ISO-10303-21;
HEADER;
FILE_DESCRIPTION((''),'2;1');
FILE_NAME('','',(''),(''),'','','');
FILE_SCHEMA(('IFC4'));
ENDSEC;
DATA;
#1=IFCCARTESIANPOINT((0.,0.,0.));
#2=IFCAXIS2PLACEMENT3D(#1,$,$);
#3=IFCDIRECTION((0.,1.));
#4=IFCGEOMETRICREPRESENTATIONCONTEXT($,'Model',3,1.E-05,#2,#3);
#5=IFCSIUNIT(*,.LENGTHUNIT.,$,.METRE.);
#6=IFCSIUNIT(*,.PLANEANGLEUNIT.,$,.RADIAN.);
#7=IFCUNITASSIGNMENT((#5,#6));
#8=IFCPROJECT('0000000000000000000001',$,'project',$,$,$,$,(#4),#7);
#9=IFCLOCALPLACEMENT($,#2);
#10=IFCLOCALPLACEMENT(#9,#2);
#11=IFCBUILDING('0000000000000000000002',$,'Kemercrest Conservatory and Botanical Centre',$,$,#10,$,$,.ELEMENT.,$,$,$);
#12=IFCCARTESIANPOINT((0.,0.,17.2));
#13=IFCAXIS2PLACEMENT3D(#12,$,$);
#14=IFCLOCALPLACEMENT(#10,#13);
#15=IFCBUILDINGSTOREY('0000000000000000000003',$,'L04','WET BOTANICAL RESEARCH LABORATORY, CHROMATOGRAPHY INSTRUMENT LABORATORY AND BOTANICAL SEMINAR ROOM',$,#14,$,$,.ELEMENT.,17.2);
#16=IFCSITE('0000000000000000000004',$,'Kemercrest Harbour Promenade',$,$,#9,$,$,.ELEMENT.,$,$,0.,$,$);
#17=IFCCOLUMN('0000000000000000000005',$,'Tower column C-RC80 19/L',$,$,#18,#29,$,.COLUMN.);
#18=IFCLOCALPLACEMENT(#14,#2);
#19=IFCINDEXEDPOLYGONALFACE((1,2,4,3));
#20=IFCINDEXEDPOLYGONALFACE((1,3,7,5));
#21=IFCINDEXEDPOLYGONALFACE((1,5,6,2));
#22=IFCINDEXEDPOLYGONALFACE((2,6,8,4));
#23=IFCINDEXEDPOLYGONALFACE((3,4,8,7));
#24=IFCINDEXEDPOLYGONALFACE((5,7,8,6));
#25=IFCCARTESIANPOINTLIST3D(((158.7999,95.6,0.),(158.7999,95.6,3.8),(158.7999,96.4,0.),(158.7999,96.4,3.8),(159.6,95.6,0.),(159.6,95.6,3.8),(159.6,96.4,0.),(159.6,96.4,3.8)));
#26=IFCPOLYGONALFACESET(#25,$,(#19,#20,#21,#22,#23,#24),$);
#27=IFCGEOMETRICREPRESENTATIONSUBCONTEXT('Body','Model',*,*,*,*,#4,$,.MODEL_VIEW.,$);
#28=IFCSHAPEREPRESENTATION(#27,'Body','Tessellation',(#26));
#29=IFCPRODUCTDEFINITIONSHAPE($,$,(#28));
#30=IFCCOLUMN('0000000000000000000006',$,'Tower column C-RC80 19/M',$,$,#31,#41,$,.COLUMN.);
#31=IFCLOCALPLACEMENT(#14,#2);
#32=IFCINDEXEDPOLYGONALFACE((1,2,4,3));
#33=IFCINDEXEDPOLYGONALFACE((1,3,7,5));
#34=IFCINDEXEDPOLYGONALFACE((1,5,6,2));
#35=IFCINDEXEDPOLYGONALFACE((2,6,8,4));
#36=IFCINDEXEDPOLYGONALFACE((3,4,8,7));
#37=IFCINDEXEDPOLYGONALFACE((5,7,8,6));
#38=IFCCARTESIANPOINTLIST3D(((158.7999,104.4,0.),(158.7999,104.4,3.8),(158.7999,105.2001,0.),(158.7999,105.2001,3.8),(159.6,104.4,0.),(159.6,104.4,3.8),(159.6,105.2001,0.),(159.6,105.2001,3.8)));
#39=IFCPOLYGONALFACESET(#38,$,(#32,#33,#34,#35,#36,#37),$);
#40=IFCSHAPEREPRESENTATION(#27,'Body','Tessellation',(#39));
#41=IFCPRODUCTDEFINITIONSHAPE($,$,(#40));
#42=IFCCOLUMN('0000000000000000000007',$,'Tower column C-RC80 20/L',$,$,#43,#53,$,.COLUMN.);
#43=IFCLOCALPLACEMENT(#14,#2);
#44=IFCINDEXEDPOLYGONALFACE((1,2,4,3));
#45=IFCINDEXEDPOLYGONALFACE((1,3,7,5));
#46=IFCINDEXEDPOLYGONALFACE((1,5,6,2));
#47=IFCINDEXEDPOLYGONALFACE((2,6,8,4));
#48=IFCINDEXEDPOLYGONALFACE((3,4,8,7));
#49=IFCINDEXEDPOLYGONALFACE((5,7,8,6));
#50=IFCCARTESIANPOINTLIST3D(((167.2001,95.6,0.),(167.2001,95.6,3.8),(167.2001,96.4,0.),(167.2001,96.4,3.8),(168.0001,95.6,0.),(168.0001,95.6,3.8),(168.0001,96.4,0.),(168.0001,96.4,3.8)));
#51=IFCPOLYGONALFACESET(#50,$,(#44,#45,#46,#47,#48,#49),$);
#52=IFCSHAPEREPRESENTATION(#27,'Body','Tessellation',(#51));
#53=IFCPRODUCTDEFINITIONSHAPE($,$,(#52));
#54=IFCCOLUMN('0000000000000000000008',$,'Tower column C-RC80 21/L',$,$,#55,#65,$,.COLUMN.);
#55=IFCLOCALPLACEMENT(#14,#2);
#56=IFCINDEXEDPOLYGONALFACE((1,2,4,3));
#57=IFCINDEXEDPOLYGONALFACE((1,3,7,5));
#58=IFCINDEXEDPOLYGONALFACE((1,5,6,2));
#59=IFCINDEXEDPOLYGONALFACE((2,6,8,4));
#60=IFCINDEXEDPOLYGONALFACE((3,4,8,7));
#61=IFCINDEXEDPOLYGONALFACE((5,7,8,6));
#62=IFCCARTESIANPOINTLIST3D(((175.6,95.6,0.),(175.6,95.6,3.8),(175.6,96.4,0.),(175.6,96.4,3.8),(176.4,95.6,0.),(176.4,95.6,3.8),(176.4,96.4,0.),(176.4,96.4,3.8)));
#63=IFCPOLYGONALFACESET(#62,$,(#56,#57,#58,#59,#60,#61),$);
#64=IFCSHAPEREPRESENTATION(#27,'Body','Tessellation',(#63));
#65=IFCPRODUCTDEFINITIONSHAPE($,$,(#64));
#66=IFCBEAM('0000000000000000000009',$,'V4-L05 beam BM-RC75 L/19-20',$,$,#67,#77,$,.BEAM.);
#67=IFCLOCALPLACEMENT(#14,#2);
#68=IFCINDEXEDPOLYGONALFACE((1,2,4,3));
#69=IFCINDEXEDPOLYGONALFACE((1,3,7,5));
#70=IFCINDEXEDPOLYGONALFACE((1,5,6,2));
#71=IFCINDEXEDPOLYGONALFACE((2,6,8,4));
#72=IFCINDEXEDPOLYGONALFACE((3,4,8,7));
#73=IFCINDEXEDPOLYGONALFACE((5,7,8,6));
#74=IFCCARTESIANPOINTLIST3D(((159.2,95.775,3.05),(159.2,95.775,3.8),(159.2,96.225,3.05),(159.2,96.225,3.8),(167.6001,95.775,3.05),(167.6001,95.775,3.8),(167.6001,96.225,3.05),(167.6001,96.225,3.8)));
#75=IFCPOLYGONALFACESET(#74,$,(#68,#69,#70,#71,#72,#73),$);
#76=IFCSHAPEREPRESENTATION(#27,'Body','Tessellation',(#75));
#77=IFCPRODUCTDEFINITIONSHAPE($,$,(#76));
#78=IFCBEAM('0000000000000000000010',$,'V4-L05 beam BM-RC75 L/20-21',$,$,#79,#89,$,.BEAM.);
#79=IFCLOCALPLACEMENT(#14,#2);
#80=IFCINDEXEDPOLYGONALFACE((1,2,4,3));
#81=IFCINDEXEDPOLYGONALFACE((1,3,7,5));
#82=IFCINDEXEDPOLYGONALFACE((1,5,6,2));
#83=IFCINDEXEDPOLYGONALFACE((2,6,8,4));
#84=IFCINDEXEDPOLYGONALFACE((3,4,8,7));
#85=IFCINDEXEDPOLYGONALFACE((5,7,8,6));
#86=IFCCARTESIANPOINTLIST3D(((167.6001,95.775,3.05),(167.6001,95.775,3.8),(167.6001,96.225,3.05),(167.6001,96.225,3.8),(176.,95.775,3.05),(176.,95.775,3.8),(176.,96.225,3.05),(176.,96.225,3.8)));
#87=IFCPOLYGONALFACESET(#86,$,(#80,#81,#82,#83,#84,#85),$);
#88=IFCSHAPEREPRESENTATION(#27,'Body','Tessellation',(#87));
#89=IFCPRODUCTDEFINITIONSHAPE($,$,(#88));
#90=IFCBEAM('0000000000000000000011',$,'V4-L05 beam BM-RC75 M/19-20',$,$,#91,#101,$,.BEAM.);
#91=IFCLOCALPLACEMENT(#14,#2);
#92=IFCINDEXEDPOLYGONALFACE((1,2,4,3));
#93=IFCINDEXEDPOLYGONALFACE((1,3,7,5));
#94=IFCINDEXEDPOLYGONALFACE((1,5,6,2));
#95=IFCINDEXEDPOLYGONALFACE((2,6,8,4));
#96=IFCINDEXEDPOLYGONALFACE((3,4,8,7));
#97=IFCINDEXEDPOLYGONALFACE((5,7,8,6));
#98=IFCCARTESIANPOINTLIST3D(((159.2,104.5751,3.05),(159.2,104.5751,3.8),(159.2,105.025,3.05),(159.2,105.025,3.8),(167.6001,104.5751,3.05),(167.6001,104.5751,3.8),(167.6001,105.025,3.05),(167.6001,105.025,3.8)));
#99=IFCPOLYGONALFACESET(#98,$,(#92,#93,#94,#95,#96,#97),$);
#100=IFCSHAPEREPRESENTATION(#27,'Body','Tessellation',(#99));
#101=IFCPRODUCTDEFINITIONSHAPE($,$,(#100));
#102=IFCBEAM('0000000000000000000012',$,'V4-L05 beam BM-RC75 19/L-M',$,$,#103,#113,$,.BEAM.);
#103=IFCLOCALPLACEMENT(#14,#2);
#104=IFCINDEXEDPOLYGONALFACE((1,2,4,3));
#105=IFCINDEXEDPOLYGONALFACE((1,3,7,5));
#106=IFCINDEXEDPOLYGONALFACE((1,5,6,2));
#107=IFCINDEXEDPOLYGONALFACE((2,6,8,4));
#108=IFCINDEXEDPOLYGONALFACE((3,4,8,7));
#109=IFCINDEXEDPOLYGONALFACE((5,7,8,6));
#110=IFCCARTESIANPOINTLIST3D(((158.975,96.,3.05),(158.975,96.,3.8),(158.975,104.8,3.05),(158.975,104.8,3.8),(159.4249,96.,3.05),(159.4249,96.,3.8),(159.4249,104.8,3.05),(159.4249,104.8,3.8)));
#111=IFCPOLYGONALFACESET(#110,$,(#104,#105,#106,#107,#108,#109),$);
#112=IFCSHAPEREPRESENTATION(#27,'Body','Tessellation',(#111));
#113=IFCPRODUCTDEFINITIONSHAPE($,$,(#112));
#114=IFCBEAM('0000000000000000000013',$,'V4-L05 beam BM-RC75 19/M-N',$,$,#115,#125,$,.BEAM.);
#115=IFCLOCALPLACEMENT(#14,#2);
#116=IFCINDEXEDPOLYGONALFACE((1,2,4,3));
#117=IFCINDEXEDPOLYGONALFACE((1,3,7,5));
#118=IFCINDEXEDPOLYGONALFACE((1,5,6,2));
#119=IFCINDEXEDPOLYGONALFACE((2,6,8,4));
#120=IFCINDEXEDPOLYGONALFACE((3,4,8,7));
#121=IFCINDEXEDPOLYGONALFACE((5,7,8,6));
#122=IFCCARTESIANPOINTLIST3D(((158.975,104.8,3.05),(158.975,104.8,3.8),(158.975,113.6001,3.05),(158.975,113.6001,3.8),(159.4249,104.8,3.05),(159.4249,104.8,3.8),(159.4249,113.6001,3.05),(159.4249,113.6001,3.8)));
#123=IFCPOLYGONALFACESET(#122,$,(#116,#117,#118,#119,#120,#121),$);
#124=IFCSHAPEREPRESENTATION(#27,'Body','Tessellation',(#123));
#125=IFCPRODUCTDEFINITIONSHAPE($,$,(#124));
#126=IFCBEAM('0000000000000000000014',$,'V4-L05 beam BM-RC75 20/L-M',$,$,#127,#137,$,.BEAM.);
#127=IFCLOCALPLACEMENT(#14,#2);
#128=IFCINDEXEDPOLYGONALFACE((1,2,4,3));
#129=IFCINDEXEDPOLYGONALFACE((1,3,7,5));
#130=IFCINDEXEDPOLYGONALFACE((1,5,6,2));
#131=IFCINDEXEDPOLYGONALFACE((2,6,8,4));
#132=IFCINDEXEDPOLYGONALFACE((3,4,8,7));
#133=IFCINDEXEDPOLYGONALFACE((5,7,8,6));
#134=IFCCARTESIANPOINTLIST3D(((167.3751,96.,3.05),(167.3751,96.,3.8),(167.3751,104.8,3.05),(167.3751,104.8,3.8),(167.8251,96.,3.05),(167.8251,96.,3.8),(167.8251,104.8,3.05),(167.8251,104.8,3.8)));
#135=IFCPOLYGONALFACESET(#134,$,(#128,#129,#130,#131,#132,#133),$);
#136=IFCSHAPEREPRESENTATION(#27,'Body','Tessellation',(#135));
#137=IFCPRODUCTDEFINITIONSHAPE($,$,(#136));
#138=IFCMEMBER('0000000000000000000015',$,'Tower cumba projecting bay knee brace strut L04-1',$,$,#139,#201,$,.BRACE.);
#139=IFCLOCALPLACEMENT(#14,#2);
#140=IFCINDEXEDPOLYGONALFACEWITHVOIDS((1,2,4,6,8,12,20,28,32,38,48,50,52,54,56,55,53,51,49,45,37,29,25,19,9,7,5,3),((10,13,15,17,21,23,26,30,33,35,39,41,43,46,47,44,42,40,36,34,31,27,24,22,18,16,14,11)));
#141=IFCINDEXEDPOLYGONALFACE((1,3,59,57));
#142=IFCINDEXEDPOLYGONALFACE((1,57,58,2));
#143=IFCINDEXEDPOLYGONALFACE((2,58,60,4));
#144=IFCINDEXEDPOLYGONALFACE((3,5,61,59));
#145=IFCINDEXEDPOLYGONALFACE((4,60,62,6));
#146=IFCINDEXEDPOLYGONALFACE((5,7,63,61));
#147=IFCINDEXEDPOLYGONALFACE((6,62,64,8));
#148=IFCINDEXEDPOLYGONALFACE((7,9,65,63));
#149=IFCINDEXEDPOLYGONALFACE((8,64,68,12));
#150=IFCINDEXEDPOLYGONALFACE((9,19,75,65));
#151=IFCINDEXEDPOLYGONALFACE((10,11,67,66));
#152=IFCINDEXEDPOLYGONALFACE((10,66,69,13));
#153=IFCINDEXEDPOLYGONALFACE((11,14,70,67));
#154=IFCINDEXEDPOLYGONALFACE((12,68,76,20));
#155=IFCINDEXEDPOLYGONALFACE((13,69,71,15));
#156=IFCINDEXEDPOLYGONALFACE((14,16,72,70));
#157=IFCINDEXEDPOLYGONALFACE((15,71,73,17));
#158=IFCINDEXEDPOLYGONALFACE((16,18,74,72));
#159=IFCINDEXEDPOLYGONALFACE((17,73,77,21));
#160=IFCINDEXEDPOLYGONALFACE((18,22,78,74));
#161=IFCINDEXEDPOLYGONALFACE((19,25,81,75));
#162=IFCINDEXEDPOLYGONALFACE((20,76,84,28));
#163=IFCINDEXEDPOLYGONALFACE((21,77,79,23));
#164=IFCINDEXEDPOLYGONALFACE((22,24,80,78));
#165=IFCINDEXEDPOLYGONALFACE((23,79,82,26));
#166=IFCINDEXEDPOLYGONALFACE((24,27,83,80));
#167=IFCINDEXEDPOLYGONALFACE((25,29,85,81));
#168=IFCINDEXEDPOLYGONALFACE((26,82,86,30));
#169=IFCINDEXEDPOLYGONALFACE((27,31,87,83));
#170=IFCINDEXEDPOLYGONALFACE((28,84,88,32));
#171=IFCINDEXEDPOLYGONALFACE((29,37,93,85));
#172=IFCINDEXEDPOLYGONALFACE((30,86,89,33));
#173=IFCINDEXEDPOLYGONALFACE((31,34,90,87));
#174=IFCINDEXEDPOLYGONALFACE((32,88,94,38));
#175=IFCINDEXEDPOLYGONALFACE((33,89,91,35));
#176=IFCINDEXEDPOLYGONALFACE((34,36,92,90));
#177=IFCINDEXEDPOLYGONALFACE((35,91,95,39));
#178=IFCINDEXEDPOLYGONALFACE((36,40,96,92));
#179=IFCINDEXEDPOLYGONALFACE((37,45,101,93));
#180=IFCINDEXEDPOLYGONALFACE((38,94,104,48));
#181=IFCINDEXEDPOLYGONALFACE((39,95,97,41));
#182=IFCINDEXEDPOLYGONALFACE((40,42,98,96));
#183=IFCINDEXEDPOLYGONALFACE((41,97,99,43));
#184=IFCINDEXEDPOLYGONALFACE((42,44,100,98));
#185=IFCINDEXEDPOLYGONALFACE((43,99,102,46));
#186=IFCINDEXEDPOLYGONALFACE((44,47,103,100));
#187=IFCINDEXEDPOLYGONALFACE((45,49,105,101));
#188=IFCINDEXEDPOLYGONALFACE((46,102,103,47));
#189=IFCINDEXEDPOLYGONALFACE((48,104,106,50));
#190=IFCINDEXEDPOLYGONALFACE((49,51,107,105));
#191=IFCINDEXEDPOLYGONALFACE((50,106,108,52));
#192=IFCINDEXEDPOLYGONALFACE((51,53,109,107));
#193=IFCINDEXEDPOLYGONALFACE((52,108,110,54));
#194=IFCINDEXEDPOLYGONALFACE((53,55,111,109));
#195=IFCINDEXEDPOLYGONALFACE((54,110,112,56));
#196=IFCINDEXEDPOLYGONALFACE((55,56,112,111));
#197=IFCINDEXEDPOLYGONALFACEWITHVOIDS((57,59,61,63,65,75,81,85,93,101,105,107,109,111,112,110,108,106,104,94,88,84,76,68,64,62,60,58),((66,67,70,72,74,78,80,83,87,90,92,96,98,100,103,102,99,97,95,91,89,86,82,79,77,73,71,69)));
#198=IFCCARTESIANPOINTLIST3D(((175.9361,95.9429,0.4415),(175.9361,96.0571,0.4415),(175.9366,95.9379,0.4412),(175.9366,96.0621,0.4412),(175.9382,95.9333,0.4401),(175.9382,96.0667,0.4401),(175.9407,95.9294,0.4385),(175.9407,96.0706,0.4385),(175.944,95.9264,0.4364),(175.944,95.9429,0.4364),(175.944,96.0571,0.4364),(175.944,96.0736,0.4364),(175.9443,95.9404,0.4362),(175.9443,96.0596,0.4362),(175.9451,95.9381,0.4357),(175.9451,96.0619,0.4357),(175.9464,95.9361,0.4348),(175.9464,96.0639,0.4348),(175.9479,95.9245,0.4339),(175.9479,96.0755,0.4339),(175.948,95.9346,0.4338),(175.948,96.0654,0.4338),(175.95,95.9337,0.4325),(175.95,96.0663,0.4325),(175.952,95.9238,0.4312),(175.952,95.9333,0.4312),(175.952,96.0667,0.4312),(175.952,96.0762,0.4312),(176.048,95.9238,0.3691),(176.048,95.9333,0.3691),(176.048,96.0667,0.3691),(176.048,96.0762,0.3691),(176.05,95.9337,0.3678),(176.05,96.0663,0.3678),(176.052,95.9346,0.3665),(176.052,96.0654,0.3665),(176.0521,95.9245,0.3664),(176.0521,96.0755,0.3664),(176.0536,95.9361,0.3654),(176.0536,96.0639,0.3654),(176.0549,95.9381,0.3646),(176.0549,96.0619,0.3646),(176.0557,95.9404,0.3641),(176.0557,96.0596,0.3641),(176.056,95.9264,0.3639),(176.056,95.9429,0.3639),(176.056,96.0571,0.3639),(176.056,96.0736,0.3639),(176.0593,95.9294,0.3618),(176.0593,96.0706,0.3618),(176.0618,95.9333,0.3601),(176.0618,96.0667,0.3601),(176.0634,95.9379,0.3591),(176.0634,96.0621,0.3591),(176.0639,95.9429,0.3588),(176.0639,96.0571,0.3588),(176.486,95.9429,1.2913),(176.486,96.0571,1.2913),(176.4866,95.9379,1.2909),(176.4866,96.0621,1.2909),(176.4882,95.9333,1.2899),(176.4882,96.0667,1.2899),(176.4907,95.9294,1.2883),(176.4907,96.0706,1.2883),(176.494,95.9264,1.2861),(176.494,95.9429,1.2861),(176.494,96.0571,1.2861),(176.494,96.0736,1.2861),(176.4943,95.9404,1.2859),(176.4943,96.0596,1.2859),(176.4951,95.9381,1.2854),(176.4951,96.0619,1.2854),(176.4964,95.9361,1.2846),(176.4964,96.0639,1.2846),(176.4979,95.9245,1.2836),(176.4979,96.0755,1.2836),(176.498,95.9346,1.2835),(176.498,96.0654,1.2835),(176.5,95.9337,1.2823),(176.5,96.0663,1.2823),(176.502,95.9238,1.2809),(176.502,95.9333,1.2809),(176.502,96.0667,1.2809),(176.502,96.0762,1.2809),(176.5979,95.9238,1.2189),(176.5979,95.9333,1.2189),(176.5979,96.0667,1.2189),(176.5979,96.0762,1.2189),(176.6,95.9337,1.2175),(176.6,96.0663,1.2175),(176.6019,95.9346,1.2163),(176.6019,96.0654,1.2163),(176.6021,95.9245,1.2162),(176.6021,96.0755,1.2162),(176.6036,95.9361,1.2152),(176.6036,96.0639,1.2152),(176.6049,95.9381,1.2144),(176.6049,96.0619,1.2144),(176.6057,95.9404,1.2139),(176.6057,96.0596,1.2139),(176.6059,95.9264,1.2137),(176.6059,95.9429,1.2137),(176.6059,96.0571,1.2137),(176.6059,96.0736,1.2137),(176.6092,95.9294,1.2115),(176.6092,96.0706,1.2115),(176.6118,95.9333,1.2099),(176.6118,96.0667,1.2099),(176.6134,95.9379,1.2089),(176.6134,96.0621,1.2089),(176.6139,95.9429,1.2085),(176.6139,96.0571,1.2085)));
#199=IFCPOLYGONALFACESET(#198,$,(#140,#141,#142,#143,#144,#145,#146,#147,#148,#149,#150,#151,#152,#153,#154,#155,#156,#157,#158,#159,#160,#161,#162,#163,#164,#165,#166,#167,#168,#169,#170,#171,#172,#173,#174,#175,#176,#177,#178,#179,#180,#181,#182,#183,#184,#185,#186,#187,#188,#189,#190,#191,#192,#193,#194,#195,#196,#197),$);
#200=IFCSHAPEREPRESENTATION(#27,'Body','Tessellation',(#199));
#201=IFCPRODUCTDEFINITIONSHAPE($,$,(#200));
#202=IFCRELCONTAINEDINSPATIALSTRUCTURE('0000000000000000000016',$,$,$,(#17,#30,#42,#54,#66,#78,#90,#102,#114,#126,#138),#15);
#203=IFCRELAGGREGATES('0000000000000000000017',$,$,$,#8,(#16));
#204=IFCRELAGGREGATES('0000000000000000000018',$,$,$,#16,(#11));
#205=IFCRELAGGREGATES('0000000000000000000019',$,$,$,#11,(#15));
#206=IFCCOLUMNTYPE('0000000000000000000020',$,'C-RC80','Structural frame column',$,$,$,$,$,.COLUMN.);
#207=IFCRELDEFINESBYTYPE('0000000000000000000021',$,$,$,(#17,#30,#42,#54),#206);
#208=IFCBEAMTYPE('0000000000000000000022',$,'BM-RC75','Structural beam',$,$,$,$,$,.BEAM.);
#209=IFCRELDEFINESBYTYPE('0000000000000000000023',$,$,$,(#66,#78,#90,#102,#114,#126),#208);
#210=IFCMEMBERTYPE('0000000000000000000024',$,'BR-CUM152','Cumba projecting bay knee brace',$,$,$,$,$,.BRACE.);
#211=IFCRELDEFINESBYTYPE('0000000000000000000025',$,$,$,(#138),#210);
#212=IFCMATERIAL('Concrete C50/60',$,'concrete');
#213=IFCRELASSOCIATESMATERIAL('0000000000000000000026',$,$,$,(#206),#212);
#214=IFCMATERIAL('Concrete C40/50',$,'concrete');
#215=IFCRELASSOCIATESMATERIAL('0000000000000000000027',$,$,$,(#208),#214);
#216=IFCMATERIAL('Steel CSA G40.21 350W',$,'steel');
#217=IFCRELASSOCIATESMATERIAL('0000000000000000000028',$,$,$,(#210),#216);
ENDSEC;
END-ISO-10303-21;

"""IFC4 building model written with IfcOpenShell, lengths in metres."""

from ifc_helpers import new_model, si_unit, direction, frame, origin, origin_2d, place, context, subcontext, project, spatial, rectangle, hollow_rectangle, extrude, material, material_profile, profile_set, type_object, element, save


model = new_model("IFC4")

# Units and contexts
model_context = context("Model", 3, precision=1e-05, world=origin(), true_north=direction((0.0, 1.0)))
body_context = subcontext(model_context, "Body", "Model", "MODEL_VIEW")
ifc_project = project(units=[si_unit("LENGTHUNIT", "METRE"), si_unit("PLANEANGLEUNIT", "RADIAN")], contexts=[model_context])

# Site, building, storey
site_placement = place(None, origin())
site = spatial("IfcSite", under=ifc_project, at=site_placement, Name="Kemercrest Harbour Promenade", CompositionType="ELEMENT", RefElevation=0.0)
building_placement = place(site_placement, origin())
building = spatial("IfcBuilding", under=site, at=building_placement, Name="Kemercrest Conservatory and Botanical Centre", CompositionType="ELEMENT")
storey_placement = place(building_placement, frame((0.0, 0.0, 17.2)))
storey = spatial("IfcBuildingStorey", under=building, at=storey_placement, Name="L04", Description="WET BOTANICAL RESEARCH LABORATORY, CHROMATOGRAPHY INSTRUMENT LABORATORY AND BOTANICAL SEMINAR ROOM", CompositionType="ELEMENT", Elevation=17.2)

# Columns
ifc_material_1 = material(Name="Concrete C50/60", Category="concrete")
ifc_material_profile_1 = material_profile(ifc_material_1, rectangle(XDim=0.8, YDim=0.8, at=origin_2d()), Name="RC 800x800")
ifc_profile_set_1 = profile_set([ifc_material_profile_1], Name="Concrete C50/60")
column_type = type_object("IfcColumnType", Name="C-RC80", Description="Structural frame column", PredefinedType="COLUMN", material=ifc_profile_set_1)
for number, where, z_axis, x_axis, name in (
    (1, (159.2, 96.0, 0.0), (0.0, 0.0, 1.0), (1.0, 0.0, 0.0), "Tower column C-RC80 19/L"),
    (2, (159.2, 104.8, 0.0), (0.0, 0.0, 1.0), (1.0, 0.0, 0.0), "Tower column C-RC80 19/M"),
    (3, (167.6001, 96.0, 0.0), (0.0, 0.0, 1.0), (1.0, 0.0, 0.0), "Tower column C-RC80 20/L"),
    (4, (176.0, 96.0, 0.0), (0.0, 0.0, 1.0), (1.0, 0.0, 0.0), "Tower column C-RC80 21/L"),
):
    element("IfcColumn", number, at=place(storey_placement, frame(where, z_axis=z_axis, x_axis=x_axis)), inside=storey, type_object=column_type, Name=name, PredefinedType="COLUMN", context=body_context, shape_type="SweptSolid", body=[
        extrude(rectangle(XDim=0.8, YDim=0.8, at=origin_2d()), origin(), (0.0, 0.0, 1.0), 3.8),
    ])

# Beams
ifc_material_2 = material(Name="Concrete C40/50", Category="concrete")
ifc_material_profile_2 = material_profile(ifc_material_2, rectangle(XDim=0.45, YDim=0.75, at=origin_2d()), Name="RC 450x750")
ifc_profile_set_2 = profile_set([ifc_material_profile_2], Name="Concrete C40/50")
beam_type_1 = type_object("IfcBeamType", Name="BM-RC75", Description="Structural beam", PredefinedType="BEAM", material=ifc_profile_set_2)
beam_1_placement = place(storey_placement, frame((159.2, 96.0, 3.425), z_axis=(1.0, 0.0, 0.0), x_axis=(0.0, 1.0, 0.0)))
element("IfcBeam", 5, at=beam_1_placement, inside=storey, type_object=beam_type_1, Name="V4-L05 beam BM-RC75 L/19-20", PredefinedType="BEAM", context=body_context, shape_type="SweptSolid", body=[
    extrude(rectangle(XDim=0.45, YDim=0.75, at=origin_2d()), origin(), (0.0, 0.0, 1.0), 8.4001),
])
beam_2_placement = place(storey_placement, frame((167.6001, 96.0, 3.425), z_axis=(1.0, 0.0, 0.0), x_axis=(0.0, 1.0, 0.0)))
element("IfcBeam", 6, at=beam_2_placement, inside=storey, type_object=beam_type_1, Name="V4-L05 beam BM-RC75 L/20-21", PredefinedType="BEAM", context=body_context, shape_type="SweptSolid", body=[
    extrude(rectangle(XDim=0.45, YDim=0.75, at=origin_2d()), origin(), (0.0, 0.0, 1.0), 8.3999),
])
beam_3_placement = place(storey_placement, frame((159.2, 104.8, 3.425), z_axis=(1.0, 0.0, 0.0), x_axis=(0.0, 1.0, 0.0)))
element("IfcBeam", 7, at=beam_3_placement, inside=storey, type_object=beam_type_1, Name="V4-L05 beam BM-RC75 M/19-20", PredefinedType="BEAM", context=body_context, shape_type="SweptSolid", body=[
    extrude(rectangle(XDim=0.45, YDim=0.75, at=origin_2d()), origin(), (0.0, 0.0, 1.0), 8.4001),
])
for number, where, z_axis, x_axis, name in (
    (8, (159.2, 96.0, 3.425), (0.0, 1.0, 0.0), (-1.0, 0.0, 0.0), "V4-L05 beam BM-RC75 19/L-M"),
    (9, (159.2, 104.8, 3.425), (0.0, 1.0, 0.0), (-1.0, 0.0, 0.0), "V4-L05 beam BM-RC75 19/M-N"),
    (10, (167.6001, 96.0, 3.425), (0.0, 1.0, 0.0), (-1.0, 0.0, 0.0), "V4-L05 beam BM-RC75 20/L-M"),
):
    element("IfcBeam", number, at=place(storey_placement, frame(where, z_axis=z_axis, x_axis=x_axis)), inside=storey, type_object=beam_type_1, Name=name, PredefinedType="BEAM", context=body_context, shape_type="SweptSolid", body=[
        extrude(rectangle(XDim=0.45, YDim=0.75, at=origin_2d()), origin(), (0.0, 0.0, 1.0), 8.8),
    ])

# Member
ifc_material_3 = material(Name="Steel CSA G40.21 350W", Category="steel")
ifc_material_profile_3 = material_profile(ifc_material_3, hollow_rectangle(XDim=0.1523, YDim=0.1523, WallThickness=0.0095, InnerFilletRadius=0.0095, OuterFilletRadius=0.019, at=origin_2d()), Name="HSS 152x152x9.5")
ifc_profile_set_3 = profile_set([ifc_material_profile_3], Name="Steel CSA G40.21 350W")
member_type_1 = type_object("IfcMemberType", Name="BR-CUM152", Description="Cumba projecting bay knee brace", PredefinedType="BRACE", material=ifc_profile_set_3)
member_1_placement = place(storey_placement, frame((176.0, 96.0, 0.4001), z_axis=(0.543351, 0.0, 0.839505), x_axis=(0.0, 1.0, 0.0)))
element("IfcMember", 11, at=member_1_placement, inside=storey, type_object=member_type_1, Name="Tower cumba projecting bay knee brace strut L04-1", PredefinedType="BRACE", context=body_context, shape_type="SweptSolid", body=[
    extrude(hollow_rectangle(XDim=0.1523, YDim=0.1523, WallThickness=0.0095, InnerFilletRadius=0.0095, OuterFilletRadius=0.019, at=origin_2d()), origin(), (0.0, 0.0, 1.0), 1.0122),
])

save(model, "model.ifc")
